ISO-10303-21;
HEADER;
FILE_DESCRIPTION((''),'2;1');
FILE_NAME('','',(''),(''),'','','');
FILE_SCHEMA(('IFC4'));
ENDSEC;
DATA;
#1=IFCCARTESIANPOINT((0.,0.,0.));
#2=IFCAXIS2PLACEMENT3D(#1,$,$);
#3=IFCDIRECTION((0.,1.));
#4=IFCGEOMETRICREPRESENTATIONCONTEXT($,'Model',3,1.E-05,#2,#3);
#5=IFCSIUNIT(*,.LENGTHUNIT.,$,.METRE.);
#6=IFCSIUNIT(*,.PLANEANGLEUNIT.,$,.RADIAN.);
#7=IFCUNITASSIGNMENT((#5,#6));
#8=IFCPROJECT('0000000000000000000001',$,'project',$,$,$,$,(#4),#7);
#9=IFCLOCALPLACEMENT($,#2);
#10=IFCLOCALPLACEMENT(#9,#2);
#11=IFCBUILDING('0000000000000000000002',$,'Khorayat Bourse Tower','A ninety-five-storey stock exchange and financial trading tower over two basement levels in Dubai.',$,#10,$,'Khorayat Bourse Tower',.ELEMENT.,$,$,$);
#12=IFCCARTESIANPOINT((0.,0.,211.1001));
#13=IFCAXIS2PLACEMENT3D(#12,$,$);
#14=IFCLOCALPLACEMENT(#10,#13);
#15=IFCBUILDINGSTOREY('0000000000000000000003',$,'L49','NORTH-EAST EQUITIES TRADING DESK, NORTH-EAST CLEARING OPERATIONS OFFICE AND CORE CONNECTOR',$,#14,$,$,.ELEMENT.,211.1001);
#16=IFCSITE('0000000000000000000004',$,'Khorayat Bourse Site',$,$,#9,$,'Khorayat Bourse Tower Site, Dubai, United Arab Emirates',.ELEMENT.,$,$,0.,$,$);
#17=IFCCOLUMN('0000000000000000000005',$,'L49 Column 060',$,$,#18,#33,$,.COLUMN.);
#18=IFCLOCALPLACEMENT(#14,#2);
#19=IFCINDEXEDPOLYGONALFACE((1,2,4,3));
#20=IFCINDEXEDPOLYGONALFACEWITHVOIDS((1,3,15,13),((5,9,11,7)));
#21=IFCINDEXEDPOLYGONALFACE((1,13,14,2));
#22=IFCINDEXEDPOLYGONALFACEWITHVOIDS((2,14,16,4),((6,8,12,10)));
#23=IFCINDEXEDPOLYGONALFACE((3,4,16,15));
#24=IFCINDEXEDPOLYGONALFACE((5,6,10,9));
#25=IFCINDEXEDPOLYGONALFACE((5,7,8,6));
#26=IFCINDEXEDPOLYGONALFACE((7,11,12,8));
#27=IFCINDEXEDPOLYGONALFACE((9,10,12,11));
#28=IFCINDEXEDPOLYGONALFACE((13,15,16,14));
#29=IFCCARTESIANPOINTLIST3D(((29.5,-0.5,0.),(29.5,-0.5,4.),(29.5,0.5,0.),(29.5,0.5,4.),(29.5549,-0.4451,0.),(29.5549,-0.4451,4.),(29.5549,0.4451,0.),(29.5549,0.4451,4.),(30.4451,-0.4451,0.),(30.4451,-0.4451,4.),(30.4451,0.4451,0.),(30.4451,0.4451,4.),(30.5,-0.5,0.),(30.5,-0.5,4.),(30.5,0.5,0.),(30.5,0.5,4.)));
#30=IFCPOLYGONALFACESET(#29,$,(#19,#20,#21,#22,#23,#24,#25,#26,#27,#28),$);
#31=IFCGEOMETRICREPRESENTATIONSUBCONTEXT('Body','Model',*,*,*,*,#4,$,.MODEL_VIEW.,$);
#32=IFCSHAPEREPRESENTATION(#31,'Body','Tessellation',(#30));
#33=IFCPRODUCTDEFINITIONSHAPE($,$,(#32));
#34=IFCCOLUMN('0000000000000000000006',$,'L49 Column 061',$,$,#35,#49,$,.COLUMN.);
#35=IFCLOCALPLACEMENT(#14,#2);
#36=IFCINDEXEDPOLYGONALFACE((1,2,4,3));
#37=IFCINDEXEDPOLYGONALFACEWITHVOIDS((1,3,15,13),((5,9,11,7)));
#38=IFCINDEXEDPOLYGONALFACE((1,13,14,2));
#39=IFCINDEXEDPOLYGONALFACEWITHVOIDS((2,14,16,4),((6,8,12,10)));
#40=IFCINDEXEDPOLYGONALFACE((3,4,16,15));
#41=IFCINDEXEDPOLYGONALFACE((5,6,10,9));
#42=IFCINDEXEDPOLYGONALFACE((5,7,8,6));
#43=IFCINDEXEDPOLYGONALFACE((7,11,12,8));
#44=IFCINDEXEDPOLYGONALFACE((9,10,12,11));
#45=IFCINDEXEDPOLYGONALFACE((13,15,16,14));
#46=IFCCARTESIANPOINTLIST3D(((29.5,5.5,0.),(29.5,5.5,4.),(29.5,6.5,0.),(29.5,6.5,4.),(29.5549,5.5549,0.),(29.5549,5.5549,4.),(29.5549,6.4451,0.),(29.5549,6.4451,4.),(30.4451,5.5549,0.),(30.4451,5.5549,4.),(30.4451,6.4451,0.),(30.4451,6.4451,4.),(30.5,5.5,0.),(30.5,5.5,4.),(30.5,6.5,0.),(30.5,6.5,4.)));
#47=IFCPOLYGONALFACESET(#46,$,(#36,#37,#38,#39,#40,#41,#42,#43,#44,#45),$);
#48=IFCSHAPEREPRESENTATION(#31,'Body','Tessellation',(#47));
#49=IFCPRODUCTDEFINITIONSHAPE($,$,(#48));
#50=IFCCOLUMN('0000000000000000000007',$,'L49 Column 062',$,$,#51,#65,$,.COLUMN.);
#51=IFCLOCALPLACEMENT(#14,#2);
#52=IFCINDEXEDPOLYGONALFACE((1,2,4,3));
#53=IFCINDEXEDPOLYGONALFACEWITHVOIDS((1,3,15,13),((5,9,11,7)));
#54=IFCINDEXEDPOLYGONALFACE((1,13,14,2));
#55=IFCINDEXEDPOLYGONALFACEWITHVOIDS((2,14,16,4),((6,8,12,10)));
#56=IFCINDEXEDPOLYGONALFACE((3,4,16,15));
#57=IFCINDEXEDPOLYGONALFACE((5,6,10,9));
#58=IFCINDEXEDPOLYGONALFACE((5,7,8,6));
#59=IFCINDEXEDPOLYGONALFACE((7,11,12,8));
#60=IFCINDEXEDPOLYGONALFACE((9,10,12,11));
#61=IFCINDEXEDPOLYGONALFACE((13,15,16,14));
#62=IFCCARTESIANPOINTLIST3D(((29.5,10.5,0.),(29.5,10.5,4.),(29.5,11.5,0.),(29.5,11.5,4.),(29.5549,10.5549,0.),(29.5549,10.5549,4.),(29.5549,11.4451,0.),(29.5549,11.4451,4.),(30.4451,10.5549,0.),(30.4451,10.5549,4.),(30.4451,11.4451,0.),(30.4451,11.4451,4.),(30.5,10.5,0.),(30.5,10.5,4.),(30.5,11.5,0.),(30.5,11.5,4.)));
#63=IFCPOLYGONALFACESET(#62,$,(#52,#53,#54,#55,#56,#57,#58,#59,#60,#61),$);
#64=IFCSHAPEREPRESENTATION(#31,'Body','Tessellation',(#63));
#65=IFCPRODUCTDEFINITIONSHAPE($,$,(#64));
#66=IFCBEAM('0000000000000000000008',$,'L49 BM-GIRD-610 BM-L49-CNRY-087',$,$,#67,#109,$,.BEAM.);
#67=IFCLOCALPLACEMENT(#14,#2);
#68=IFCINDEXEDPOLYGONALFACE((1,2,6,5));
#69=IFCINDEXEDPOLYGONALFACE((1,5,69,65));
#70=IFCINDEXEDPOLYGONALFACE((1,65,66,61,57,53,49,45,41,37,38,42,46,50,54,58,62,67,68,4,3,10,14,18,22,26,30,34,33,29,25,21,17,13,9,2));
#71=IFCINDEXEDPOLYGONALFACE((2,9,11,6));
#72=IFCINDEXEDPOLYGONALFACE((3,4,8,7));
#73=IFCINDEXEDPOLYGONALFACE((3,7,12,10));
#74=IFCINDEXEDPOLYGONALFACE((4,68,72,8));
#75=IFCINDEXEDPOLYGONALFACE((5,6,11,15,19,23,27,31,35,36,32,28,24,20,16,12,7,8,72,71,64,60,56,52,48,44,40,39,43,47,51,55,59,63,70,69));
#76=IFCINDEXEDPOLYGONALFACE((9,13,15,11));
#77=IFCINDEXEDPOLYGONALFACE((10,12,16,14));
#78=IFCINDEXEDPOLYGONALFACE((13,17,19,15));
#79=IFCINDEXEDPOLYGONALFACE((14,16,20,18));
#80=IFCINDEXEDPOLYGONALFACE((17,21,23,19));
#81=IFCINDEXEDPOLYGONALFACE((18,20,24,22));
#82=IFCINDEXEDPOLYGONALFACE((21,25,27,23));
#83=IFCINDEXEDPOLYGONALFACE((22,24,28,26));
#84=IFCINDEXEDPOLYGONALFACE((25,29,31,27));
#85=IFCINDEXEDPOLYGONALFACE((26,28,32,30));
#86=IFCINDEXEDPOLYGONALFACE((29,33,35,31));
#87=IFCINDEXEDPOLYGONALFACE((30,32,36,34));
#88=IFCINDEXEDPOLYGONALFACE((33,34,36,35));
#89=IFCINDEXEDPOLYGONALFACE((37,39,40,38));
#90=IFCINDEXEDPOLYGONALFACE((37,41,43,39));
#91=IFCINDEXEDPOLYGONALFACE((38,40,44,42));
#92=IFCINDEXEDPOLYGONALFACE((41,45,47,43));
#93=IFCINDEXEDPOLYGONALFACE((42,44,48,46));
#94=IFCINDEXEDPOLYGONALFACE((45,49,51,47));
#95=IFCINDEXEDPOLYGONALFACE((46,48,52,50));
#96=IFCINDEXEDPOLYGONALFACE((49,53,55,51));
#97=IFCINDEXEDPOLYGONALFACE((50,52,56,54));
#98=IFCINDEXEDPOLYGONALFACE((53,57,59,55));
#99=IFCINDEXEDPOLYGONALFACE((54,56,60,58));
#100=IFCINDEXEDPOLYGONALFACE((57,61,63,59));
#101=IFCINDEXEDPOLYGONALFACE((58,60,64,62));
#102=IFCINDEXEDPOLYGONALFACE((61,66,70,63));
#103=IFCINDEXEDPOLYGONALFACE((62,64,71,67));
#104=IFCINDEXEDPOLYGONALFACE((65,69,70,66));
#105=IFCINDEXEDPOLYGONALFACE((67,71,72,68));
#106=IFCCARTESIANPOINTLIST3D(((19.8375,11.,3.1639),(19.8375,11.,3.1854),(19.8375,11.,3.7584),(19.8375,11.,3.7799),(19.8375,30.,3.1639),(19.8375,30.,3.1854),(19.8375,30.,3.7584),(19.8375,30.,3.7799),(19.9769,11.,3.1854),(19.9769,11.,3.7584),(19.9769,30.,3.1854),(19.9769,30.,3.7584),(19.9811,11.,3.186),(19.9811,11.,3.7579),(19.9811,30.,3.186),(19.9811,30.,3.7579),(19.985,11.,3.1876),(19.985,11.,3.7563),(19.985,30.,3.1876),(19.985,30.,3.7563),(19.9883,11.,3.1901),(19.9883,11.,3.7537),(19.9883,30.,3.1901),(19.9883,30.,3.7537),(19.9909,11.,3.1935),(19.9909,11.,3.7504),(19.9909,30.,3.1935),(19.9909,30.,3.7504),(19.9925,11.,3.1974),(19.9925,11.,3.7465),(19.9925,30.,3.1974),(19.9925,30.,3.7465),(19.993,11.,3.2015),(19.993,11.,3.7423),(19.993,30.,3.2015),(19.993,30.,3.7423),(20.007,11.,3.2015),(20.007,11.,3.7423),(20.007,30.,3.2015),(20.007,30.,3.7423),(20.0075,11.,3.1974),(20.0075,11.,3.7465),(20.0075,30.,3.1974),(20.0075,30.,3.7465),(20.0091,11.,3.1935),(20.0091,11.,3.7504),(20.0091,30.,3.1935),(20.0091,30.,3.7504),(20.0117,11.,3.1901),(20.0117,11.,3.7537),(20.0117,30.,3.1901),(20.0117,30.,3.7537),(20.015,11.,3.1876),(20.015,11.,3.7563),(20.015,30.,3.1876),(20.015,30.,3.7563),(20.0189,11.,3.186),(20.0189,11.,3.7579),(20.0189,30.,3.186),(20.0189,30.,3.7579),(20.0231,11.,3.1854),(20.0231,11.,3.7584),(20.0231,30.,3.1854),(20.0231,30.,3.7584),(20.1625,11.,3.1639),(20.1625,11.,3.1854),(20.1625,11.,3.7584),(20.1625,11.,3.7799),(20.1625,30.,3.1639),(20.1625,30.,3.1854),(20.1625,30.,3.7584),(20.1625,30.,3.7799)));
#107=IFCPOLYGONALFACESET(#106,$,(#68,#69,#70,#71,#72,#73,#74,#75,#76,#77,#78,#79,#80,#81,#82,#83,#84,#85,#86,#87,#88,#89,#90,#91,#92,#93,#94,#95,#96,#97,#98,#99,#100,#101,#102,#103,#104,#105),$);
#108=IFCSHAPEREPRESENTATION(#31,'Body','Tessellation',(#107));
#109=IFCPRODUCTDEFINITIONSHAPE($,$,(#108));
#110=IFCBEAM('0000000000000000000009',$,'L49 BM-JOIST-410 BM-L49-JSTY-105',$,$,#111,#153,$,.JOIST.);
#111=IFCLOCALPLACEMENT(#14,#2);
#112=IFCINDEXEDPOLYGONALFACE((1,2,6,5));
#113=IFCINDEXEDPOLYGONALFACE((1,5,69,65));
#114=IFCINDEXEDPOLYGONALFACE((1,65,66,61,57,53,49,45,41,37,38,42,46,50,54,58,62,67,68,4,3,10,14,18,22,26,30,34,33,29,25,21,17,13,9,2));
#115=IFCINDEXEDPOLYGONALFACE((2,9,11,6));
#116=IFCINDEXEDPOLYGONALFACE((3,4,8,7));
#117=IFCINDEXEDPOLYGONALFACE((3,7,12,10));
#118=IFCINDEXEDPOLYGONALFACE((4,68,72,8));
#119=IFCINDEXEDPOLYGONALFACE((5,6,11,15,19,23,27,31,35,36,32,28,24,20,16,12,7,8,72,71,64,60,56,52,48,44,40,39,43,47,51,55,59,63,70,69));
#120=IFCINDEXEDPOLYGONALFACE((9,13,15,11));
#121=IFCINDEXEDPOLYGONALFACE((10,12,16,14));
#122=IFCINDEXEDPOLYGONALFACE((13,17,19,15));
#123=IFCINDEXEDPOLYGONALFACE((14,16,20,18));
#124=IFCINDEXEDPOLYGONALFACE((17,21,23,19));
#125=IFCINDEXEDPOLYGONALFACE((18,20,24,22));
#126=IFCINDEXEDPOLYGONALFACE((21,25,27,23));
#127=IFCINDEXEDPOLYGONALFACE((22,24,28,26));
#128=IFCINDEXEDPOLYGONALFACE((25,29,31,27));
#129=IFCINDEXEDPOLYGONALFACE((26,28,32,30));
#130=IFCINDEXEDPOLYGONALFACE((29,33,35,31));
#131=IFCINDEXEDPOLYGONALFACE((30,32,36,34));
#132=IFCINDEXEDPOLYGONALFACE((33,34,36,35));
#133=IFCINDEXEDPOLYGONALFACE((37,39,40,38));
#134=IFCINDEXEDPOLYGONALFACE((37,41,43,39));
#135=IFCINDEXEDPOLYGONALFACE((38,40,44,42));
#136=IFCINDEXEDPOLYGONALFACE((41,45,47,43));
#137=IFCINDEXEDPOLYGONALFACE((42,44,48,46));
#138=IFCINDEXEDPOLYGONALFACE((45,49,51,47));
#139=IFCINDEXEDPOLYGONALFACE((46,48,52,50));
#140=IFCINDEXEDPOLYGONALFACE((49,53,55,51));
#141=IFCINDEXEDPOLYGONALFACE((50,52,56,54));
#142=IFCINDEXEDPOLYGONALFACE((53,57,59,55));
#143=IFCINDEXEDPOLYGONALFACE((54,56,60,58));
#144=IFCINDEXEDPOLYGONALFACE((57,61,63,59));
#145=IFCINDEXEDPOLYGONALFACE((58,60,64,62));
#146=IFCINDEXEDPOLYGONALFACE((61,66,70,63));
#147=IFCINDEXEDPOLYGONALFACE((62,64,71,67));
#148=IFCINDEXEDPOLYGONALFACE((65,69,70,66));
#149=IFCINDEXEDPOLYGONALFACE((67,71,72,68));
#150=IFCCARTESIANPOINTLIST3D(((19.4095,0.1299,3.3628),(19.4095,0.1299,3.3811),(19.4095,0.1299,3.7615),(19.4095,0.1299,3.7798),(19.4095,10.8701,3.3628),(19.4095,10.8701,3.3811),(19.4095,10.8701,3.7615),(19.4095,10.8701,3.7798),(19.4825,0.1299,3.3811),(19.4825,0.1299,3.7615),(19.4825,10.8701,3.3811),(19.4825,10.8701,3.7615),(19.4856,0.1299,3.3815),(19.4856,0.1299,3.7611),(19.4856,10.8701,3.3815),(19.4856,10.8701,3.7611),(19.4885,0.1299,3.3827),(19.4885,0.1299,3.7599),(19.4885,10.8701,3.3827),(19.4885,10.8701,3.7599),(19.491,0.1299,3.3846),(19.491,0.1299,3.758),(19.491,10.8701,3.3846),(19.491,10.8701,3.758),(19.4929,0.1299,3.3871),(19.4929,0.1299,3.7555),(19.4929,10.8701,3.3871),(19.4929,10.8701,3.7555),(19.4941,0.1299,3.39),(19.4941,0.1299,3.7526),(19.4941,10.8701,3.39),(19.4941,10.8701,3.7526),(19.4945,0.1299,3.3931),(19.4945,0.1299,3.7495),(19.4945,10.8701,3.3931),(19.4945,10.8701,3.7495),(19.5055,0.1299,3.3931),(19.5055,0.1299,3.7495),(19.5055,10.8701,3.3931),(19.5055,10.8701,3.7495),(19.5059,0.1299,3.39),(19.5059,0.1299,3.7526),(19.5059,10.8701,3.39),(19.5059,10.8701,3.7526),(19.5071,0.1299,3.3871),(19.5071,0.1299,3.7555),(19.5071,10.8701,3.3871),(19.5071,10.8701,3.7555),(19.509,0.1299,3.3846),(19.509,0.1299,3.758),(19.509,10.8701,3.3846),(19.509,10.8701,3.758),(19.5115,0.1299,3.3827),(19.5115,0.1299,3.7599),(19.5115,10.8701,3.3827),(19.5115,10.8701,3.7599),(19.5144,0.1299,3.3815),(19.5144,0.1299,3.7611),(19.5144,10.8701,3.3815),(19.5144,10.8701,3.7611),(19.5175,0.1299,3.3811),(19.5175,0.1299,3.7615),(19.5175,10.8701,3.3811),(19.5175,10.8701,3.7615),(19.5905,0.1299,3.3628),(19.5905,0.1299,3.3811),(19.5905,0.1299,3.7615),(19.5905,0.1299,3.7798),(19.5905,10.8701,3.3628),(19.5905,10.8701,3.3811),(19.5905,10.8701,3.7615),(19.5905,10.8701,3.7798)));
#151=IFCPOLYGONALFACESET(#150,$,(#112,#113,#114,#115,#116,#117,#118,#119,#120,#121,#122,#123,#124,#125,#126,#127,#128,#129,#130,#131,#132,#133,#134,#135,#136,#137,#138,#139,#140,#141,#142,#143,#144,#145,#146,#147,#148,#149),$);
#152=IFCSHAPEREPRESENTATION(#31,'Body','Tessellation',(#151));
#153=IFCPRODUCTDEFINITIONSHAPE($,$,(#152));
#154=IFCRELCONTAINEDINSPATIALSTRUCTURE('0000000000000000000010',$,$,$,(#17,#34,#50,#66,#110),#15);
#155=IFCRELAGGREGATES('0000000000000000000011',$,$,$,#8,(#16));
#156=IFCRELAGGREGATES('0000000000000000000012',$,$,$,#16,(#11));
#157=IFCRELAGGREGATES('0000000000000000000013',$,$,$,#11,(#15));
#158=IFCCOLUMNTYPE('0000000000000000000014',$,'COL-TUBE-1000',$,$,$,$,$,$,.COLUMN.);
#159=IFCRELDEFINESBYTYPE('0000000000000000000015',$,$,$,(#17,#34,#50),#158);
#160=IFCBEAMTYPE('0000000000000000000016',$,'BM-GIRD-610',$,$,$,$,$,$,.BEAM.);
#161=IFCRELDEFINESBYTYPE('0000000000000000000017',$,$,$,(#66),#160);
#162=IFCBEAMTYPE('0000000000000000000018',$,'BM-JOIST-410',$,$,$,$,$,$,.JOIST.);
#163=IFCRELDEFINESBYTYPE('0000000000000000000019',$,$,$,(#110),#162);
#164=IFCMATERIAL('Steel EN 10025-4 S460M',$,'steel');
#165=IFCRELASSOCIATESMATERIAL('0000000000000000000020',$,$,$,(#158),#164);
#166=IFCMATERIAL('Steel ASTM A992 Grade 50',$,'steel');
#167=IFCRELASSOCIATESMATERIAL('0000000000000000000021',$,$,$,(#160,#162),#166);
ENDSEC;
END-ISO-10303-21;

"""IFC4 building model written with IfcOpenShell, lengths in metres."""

from ifc_helpers import new_model, si_unit, direction, frame, origin, origin_2d, place, context, subcontext, project, spatial, hollow_rectangle, i_section, extrude, source, transform, mapped, material, material_profile, profile_set, type_object, element, save


model = new_model("IFC4")

# Units and contexts
model_context = context("Model", 3, precision=1e-05, world=origin(), true_north=direction((0.0, 1.0)))
body_context = subcontext(model_context, "Body", "Model", "MODEL_VIEW")
ifc_project = project(units=[si_unit("LENGTHUNIT", "METRE"), si_unit("PLANEANGLEUNIT", "RADIAN")], contexts=[model_context])

# Site, building, storey
site_placement = place(None, origin())
site = spatial("IfcSite", under=ifc_project, at=site_placement, Name="Khorayat Bourse Site", LongName="Khorayat Bourse Tower Site, Dubai, United Arab Emirates", CompositionType="ELEMENT", RefElevation=0.0)
building_placement = place(site_placement, origin())
building = spatial("IfcBuilding", under=site, at=building_placement, Name="Khorayat Bourse Tower", Description="A ninety-five-storey stock exchange and financial trading tower over two basement levels in Dubai.", LongName="Khorayat Bourse Tower", CompositionType="ELEMENT")
storey_placement = place(building_placement, frame((0.0, 0.0, 211.1001)))
storey = spatial("IfcBuildingStorey", under=building, at=storey_placement, Name="L49", Description="NORTH-EAST EQUITIES TRADING DESK, NORTH-EAST CLEARING OPERATIONS OFFICE AND CORE CONNECTOR", CompositionType="ELEMENT", Elevation=211.1001)

# Columns
ifc_material_1 = material(Name="Steel EN 10025-4 S460M", Category="steel")
ifc_material_profile_1 = material_profile(ifc_material_1, hollow_rectangle(XDim=1.0, YDim=1.0, WallThickness=0.0549, at=origin_2d()), Name="BOX 1000x1000x55")
ifc_profile_set_1 = profile_set([ifc_material_profile_1], Name="Steel EN 10025-4 S460M")
column_type = type_object("IfcColumnType", Name="COL-TUBE-1000", PredefinedType="COLUMN", material=ifc_profile_set_1)
shared_shape_1 = source(origin(), body_context, "Body", "SweptSolid", [
    extrude(hollow_rectangle(XDim=1.0, YDim=1.0, WallThickness=0.0549, at=origin_2d()), origin(), (0.0, 0.0, 1.0), 4.0),
])
for number, where, z_axis, x_axis, name in (
    (1, (30.0, 0.0, 0.0), (0.0, 0.0, 1.0), (1.0, 0.0, 0.0), "L49 Column 060"),
    (2, (30.0, 6.0, 0.0), (0.0, 0.0, 1.0), (1.0, 0.0, 0.0), "L49 Column 061"),
    (3, (30.0, 11.0, 0.0), (0.0, 0.0, 1.0), (1.0, 0.0, 0.0), "L49 Column 062"),
):
    element("IfcColumn", number, at=place(storey_placement, frame(where, z_axis=z_axis, x_axis=x_axis)), inside=storey, type_object=column_type, Name=name, PredefinedType="COLUMN", context=body_context, shape_type="MappedRepresentation", body=[
        mapped(shared_shape_1, transform((0.0, 0.0, 0.0), scale=1.0)),
    ])

# Beams
ifc_material_2 = material(Name="Steel ASTM A992 Grade 50", Category="steel")
ifc_material_profile_2 = material_profile(ifc_material_2, i_section(OverallWidth=0.325, OverallDepth=0.616, WebThickness=0.0139, FlangeThickness=0.0215, FilletRadius=0.0161, at=origin_2d()), Name="W610X174")
ifc_profile_set_2 = profile_set([ifc_material_profile_2], Name="Steel ASTM A992 Grade 50")
beam_type_1 = type_object("IfcBeamType", Name="BM-GIRD-610", PredefinedType="BEAM", material=ifc_profile_set_2)
shared_shape_2 = source(origin(), body_context, "Body", "SweptSolid", [
    extrude(i_section(OverallWidth=0.325, OverallDepth=0.616, WebThickness=0.0139, FlangeThickness=0.0215, FilletRadius=0.0161, at=origin_2d()), origin(), (0.0, 0.0, 1.0), 19.0),
])
beam_1_placement = place(storey_placement, frame((20.0, 11.0, 3.4719), z_axis=(0.0, 1.0, 0.0), x_axis=(-1.0, 0.0, 0.0)))
element("IfcBeam", 4, at=beam_1_placement, inside=storey, type_object=beam_type_1, Name="L49 BM-GIRD-610 BM-L49-CNRY-087", PredefinedType="BEAM", context=body_context, shape_type="MappedRepresentation", body=[
    mapped(shared_shape_2, transform((0.0, 0.0, 0.0), scale=1.0)),
])
ifc_material_profile_3 = material_profile(ifc_material_2, i_section(OverallWidth=0.1809, OverallDepth=0.417, WebThickness=0.011, FlangeThickness=0.0183, FilletRadius=0.012, at=origin_2d()), Name="W410X85")
ifc_profile_set_3 = profile_set([ifc_material_profile_3], Name="Steel ASTM A992 Grade 50")
beam_type_2 = type_object("IfcBeamType", Name="BM-JOIST-410", PredefinedType="JOIST", material=ifc_profile_set_3)
shared_shape_3 = source(origin(), body_context, "Body", "SweptSolid", [
    extrude(i_section(OverallWidth=0.1809, OverallDepth=0.417, WebThickness=0.011, FlangeThickness=0.0183, FilletRadius=0.012, at=origin_2d()), origin(), (0.0, 0.0, 1.0), 10.7402),
])
beam_2_placement = place(storey_placement, frame((19.5, 0.1299, 3.5713), z_axis=(0.0, 1.0, 0.0), x_axis=(-1.0, 0.0, 0.0)))
element("IfcBeam", 5, at=beam_2_placement, inside=storey, type_object=beam_type_2, Name="L49 BM-JOIST-410 BM-L49-JSTY-105", PredefinedType="JOIST", context=body_context, shape_type="MappedRepresentation", body=[
    mapped(shared_shape_3, transform((0.0, 0.0, 0.0), scale=1.0)),
])

save(model, "model.ifc")
